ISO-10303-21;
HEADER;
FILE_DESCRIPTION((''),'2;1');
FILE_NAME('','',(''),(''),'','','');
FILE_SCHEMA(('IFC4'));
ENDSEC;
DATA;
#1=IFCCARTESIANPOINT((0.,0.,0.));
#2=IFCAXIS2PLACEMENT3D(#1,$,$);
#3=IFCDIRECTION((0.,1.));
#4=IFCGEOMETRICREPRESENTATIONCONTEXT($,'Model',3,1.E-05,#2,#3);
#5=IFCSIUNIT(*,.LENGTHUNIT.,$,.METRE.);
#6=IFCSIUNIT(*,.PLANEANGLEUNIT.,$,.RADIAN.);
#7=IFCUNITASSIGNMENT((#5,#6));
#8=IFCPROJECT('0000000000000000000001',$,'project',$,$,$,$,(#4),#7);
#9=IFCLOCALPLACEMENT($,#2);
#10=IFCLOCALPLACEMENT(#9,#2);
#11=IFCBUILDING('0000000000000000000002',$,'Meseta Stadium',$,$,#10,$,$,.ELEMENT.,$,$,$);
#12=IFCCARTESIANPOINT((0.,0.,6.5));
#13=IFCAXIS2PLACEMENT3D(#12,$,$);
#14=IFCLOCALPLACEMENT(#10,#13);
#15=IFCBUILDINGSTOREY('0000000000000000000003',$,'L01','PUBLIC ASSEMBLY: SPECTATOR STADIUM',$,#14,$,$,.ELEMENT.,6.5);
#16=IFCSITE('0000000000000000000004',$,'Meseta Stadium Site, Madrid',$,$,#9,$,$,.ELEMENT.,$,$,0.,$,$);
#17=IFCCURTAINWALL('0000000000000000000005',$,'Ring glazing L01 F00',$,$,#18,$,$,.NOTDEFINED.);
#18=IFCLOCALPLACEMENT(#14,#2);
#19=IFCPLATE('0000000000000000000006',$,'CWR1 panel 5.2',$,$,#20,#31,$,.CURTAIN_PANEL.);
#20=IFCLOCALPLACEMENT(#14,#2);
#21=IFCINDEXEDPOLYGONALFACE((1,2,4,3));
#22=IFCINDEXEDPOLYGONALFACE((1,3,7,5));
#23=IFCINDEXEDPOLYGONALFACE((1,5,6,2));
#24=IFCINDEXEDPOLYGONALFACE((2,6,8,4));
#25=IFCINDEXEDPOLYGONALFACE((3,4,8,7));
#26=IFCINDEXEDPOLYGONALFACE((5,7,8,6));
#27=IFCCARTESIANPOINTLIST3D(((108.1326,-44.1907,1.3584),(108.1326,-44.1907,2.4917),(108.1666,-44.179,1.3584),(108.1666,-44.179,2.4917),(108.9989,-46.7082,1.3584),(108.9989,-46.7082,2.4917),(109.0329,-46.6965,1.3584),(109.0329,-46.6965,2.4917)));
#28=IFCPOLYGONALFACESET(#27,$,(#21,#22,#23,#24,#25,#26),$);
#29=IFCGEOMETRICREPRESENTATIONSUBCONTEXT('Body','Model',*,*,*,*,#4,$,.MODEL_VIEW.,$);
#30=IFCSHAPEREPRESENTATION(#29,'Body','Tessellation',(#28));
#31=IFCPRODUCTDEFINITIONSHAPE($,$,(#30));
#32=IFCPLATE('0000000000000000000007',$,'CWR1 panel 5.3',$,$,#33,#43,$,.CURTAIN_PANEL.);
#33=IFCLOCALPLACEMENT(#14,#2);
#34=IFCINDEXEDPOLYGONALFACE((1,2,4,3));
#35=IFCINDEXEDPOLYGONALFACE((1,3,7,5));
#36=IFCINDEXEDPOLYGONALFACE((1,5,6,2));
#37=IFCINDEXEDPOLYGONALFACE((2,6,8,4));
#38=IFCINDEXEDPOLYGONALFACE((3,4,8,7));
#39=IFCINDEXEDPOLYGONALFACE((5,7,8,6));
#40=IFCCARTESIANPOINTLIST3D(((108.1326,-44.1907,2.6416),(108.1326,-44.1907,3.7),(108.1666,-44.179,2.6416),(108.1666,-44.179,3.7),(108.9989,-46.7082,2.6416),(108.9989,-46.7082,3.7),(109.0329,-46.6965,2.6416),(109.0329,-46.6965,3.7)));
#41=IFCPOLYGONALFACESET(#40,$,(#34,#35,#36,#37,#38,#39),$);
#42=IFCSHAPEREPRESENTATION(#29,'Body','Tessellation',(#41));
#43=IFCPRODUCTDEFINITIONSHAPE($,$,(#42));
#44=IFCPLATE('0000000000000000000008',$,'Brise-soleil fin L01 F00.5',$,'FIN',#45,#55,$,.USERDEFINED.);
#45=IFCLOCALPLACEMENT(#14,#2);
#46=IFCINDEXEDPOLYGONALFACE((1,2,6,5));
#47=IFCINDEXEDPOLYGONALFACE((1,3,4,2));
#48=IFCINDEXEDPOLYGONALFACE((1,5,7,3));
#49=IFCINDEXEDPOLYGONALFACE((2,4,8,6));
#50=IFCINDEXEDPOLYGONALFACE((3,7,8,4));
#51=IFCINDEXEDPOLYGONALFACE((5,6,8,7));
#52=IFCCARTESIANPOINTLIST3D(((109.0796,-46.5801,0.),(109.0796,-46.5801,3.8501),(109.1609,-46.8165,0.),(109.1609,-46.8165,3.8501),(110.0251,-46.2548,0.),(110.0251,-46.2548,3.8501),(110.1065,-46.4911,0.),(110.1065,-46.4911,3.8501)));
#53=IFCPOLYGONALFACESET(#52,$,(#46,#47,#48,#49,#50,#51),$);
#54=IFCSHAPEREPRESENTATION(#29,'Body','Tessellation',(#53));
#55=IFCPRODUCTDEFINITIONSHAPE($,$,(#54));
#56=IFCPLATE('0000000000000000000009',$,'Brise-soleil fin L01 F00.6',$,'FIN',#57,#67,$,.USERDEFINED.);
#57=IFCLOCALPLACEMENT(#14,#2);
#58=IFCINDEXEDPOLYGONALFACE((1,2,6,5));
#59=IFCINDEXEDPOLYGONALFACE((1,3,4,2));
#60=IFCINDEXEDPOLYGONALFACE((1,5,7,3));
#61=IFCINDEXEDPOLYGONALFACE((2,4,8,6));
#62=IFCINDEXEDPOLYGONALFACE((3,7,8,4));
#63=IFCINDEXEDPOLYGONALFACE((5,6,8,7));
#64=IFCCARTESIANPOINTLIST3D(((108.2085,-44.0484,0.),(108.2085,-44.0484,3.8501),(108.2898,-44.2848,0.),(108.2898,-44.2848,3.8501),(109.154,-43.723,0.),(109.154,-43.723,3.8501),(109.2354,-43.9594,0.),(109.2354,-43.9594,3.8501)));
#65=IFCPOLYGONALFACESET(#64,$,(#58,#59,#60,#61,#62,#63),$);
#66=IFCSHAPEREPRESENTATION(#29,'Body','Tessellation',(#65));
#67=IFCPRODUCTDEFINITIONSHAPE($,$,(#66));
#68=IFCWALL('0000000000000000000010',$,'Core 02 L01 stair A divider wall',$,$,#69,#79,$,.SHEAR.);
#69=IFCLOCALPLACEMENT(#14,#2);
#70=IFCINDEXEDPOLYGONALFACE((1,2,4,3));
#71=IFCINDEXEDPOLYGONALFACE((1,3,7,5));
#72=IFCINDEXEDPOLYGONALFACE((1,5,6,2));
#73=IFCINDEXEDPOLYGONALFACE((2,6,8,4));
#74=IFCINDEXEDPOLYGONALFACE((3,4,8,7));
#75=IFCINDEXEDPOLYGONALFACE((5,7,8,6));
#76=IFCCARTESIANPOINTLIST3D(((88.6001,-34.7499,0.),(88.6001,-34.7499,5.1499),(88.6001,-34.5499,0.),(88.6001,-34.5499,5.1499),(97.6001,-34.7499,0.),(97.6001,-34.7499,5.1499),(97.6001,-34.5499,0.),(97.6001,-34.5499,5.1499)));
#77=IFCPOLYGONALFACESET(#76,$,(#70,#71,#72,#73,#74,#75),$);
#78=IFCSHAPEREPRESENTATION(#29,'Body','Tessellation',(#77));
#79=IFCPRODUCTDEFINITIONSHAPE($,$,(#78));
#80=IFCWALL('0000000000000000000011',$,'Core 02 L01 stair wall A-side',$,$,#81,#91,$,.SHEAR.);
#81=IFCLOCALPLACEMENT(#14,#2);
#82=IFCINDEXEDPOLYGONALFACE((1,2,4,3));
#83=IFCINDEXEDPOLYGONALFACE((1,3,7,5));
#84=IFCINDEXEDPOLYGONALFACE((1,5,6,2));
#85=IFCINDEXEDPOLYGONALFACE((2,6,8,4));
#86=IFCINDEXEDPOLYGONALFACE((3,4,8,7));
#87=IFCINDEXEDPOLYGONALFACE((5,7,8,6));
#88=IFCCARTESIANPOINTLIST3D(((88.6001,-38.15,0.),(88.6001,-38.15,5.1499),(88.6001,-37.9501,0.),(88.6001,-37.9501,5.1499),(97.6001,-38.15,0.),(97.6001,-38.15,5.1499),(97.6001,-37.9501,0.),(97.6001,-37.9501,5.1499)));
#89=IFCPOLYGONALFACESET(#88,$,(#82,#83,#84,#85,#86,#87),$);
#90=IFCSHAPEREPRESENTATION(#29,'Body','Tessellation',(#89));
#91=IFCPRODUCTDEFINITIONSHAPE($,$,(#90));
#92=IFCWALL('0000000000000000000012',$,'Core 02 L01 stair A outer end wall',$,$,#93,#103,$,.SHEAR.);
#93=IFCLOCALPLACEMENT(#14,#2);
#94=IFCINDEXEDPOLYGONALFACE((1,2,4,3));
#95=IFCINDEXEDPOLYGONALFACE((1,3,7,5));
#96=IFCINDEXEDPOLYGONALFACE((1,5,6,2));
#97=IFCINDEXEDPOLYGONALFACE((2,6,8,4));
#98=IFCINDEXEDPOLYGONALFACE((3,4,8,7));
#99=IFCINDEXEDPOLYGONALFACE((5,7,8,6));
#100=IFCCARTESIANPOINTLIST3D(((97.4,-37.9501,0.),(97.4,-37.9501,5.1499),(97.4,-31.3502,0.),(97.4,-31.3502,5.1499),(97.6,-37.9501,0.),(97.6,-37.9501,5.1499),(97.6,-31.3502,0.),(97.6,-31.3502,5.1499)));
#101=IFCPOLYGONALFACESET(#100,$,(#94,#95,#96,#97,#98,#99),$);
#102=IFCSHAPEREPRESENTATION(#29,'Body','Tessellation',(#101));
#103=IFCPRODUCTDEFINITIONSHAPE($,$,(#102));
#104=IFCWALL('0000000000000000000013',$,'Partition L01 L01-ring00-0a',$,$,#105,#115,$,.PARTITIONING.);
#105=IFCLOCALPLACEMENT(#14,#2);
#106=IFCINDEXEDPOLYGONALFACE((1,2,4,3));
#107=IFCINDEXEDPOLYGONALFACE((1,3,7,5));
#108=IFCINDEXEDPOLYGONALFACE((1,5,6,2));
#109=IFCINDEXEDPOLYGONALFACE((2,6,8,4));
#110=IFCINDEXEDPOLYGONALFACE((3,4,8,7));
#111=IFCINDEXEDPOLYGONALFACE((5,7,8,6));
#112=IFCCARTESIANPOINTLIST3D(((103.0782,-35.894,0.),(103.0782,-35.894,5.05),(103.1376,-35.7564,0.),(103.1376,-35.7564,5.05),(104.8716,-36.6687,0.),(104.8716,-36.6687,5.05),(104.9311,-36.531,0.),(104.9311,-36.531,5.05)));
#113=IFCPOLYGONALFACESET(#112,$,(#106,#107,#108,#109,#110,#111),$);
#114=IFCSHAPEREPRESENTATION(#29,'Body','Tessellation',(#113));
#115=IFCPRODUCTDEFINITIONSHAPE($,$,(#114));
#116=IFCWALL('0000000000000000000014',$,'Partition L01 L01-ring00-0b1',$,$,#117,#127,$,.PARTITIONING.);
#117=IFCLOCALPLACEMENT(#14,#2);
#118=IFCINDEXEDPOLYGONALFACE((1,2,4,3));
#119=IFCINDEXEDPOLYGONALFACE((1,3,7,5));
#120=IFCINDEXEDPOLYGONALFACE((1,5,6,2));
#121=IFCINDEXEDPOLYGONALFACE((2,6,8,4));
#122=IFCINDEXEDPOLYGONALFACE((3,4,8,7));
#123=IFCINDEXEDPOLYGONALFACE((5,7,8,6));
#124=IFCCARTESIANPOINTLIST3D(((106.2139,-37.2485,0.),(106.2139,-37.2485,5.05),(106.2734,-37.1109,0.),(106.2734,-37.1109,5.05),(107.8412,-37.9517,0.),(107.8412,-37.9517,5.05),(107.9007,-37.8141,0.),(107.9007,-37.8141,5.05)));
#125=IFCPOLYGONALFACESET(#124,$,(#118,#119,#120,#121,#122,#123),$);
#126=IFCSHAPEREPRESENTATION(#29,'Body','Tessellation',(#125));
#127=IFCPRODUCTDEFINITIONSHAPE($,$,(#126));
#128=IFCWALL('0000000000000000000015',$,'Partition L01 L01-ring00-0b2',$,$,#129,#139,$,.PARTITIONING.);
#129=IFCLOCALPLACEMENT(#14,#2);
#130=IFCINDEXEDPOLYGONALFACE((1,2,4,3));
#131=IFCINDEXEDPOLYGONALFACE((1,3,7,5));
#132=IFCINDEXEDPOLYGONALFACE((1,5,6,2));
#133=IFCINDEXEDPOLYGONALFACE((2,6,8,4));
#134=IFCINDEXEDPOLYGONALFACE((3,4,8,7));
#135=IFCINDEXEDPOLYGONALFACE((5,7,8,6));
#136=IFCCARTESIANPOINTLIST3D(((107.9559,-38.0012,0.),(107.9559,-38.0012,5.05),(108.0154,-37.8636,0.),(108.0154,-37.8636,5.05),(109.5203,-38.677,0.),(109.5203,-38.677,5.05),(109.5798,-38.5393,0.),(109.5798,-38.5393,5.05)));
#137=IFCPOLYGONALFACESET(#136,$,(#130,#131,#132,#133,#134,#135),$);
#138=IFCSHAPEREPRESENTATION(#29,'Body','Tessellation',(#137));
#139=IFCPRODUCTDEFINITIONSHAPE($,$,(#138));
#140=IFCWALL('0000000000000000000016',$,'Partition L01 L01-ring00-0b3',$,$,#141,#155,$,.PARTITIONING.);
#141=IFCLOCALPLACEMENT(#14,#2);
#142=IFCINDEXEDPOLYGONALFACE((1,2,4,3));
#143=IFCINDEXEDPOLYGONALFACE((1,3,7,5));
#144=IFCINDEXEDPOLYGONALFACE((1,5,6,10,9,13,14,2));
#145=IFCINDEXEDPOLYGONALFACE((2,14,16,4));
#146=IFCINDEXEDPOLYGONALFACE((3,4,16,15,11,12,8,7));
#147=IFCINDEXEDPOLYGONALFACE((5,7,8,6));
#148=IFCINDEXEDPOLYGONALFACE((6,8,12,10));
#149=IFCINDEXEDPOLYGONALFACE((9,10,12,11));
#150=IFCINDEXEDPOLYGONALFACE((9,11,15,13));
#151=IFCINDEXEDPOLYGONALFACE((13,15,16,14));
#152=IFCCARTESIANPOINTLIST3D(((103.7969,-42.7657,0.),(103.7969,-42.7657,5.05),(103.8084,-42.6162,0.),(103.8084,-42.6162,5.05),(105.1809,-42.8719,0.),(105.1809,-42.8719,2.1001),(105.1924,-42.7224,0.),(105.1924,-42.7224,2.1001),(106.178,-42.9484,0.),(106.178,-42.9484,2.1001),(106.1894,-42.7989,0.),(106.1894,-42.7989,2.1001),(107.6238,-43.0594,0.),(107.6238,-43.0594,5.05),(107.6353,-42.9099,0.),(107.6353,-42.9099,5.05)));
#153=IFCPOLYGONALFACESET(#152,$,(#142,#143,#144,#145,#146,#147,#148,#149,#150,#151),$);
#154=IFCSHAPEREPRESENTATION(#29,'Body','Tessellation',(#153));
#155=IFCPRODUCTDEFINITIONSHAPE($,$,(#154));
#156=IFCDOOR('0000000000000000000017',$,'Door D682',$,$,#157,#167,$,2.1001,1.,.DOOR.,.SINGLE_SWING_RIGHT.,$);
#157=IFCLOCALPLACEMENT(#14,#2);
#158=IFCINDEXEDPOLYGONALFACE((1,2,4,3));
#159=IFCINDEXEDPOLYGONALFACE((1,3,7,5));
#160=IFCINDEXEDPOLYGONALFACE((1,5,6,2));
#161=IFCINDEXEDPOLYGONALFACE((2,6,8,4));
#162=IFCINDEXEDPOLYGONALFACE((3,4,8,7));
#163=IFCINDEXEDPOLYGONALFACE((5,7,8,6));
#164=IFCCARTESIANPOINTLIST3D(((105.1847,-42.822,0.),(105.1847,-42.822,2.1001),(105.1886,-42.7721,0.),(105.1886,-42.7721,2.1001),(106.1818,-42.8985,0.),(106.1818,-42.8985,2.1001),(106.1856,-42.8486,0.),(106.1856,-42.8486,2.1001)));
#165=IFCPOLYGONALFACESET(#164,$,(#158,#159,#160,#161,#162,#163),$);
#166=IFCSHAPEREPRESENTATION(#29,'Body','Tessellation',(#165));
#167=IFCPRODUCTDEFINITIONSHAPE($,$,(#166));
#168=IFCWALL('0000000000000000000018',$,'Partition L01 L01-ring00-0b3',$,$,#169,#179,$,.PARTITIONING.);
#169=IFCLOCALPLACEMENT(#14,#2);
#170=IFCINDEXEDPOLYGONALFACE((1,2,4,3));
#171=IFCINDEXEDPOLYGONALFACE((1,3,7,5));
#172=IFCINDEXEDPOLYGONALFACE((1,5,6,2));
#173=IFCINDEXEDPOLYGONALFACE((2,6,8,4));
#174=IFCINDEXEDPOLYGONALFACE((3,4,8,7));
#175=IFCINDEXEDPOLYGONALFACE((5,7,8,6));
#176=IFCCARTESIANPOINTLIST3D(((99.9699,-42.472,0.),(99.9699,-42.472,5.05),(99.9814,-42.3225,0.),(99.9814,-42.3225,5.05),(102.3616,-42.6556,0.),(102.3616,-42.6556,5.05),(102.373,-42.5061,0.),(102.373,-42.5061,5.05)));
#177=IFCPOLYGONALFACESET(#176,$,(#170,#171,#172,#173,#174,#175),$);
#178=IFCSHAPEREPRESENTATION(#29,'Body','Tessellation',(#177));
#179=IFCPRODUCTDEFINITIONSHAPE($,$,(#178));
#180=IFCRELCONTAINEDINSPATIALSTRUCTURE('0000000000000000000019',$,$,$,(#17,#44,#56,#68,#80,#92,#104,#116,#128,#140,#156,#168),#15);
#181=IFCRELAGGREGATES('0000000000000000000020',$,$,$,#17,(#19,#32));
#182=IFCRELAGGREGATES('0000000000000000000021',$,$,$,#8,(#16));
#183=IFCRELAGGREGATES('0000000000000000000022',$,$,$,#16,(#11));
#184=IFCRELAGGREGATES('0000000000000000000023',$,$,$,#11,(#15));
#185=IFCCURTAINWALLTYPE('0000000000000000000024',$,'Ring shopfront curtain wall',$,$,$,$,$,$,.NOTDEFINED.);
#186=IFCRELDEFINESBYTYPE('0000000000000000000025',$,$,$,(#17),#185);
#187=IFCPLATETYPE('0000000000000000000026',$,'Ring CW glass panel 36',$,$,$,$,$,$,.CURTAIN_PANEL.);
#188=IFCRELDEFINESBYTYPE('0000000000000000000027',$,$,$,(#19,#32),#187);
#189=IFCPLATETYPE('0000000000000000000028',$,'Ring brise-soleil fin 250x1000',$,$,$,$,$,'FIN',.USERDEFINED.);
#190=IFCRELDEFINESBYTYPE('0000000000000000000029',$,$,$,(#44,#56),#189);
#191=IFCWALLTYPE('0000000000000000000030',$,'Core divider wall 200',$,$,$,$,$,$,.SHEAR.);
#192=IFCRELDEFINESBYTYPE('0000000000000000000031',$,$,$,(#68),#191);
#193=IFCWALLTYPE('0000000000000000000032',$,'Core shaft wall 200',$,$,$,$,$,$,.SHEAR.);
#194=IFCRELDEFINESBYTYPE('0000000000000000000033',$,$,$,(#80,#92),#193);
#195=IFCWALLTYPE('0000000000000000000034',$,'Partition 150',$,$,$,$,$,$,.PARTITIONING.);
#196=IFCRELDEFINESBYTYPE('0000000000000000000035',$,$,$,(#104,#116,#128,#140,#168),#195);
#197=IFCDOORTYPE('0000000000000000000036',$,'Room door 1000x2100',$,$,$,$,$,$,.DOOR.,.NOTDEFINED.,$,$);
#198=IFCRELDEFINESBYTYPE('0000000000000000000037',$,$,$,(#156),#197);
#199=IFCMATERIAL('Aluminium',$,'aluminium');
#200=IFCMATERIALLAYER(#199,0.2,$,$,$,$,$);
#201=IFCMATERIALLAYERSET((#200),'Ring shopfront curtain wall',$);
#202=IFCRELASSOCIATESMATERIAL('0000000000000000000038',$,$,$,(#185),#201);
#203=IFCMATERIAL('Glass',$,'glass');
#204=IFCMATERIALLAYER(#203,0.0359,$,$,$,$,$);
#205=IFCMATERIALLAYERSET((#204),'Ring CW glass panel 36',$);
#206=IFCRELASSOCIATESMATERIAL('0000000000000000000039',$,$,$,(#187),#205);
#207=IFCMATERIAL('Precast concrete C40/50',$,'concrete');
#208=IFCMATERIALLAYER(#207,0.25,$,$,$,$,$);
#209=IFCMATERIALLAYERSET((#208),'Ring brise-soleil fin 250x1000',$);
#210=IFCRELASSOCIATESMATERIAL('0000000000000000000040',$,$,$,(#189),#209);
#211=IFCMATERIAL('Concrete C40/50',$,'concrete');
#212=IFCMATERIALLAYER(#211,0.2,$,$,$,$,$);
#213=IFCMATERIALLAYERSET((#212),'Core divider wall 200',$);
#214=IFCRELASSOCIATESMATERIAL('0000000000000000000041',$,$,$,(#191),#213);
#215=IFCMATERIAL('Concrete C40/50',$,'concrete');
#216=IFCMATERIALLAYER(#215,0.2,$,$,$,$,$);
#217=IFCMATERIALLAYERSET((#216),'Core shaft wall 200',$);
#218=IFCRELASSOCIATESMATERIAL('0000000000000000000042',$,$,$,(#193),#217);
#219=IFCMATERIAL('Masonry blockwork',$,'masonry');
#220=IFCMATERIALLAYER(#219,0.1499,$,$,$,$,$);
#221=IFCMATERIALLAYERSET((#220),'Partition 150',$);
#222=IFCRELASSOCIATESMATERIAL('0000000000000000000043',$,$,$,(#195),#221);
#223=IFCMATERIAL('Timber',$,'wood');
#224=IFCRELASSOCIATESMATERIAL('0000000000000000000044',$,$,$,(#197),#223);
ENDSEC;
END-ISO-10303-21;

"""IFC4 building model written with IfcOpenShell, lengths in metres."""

from ifc_helpers import new_model, si_unit, direction, frame, frame_2d, origin, origin_2d, place, context, subcontext, project, spatial, rectangle, extrude, material, layer, layer_set, type_object, element, fill, aggregate, save


model = new_model("IFC4")

# Units and contexts
model_context = context("Model", 3, precision=1e-05, world=origin(), true_north=direction((0.0, 1.0)))
body_context = subcontext(model_context, "Body", "Model", "MODEL_VIEW")
ifc_project = project(units=[si_unit("LENGTHUNIT", "METRE"), si_unit("PLANEANGLEUNIT", "RADIAN")], contexts=[model_context])

# Site, building, storey
site_placement = place(None, origin())
site = spatial("IfcSite", under=ifc_project, at=site_placement, Name="Meseta Stadium Site, Madrid", CompositionType="ELEMENT", RefElevation=0.0)
building_placement = place(site_placement, origin())
building = spatial("IfcBuilding", under=site, at=building_placement, Name="Meseta Stadium", CompositionType="ELEMENT")
storey_placement = place(building_placement, frame((0.0, 0.0, 6.5)))
storey = spatial("IfcBuildingStorey", under=building, at=storey_placement, Name="L01", Description="PUBLIC ASSEMBLY: SPECTATOR STADIUM", CompositionType="ELEMENT", Elevation=6.5)

# Curtain wall, plates
ifc_material_1 = material(Name="Aluminium", Category="aluminium")
ifc_layer_1 = layer(ifc_material_1, 0.2)
ifc_layer_set_1 = layer_set([ifc_layer_1], Name="Ring shopfront curtain wall")
curtain_wall_type = type_object("IfcCurtainWallType", Name="Ring shopfront curtain wall", PredefinedType="NOTDEFINED", material=ifc_layer_set_1)
curtain_wall_placement = place(storey_placement, origin())
curtain_wall = element("IfcCurtainWall", 1, at=curtain_wall_placement, inside=storey, type_object=curtain_wall_type, Name="Ring glazing L01 F00", PredefinedType="NOTDEFINED")
ifc_material_2 = material(Name="Glass", Category="glass")
ifc_layer_2 = layer(ifc_material_2, 0.0359)
ifc_layer_set_2 = layer_set([ifc_layer_2], Name="Ring CW glass panel 36")
plate_type_1 = type_object("IfcPlateType", Name="Ring CW glass panel 36", PredefinedType="CURTAIN_PANEL", material=ifc_layer_set_2)
plate_1_placement = place(storey_placement, frame((108.5828, -45.4436, 1.3584), z_axis=(0.0, 0.0, 1.0), x_axis=(-0.325386, 0.945581, 0.0)))
plate_1 = element("IfcPlate", 2, at=plate_1_placement, type_object=plate_type_1, Name="CWR1 panel 5.2", PredefinedType="CURTAIN_PANEL", context=body_context, shape_type="SweptSolid", body=[
    extrude(rectangle(XDim=2.6624, YDim=0.0359, at=origin_2d()), origin(), (0.0, 0.0, 1.0), 1.1333),
])
plate_2_placement = place(storey_placement, frame((108.5828, -45.4436, 2.6416), z_axis=(0.0, 0.0, 1.0), x_axis=(-0.325386, 0.945581, 0.0)))
plate_2 = element("IfcPlate", 3, at=plate_2_placement, type_object=plate_type_1, Name="CWR1 panel 5.3", PredefinedType="CURTAIN_PANEL", context=body_context, shape_type="SweptSolid", body=[
    extrude(rectangle(XDim=2.6624, YDim=0.0359, at=origin_2d()), origin(), (0.0, 0.0, 1.0), 1.0583),
])
aggregate(curtain_wall, [plate_1, plate_2])

# Plates
ifc_material_3 = material(Name="Precast concrete C40/50", Category="concrete")
ifc_layer_3 = layer(ifc_material_3, 0.25)
ifc_layer_set_3 = layer_set([ifc_layer_3], Name="Ring brise-soleil fin 250x1000")
plate_type_2 = type_object("IfcPlateType", Name="Ring brise-soleil fin 250x1000", ElementType="FIN", PredefinedType="USERDEFINED", material=ifc_layer_set_3)
for number, where, z_axis, x_axis, name in (
    (4, (109.593, -46.5356, 0.0), (0.0, 0.0, 1.0), (-0.325393, 0.945579, 0.0), "Brise-soleil fin L01 F00.5"),
    (5, (108.7219, -44.0039, 0.0), (0.0, 0.0, 1.0), (-0.325393, 0.945579, 0.0), "Brise-soleil fin L01 F00.6"),
):
    element("IfcPlate", number, at=place(storey_placement, frame(where, z_axis=z_axis, x_axis=x_axis)), inside=storey, type_object=plate_type_2, Name=name, ObjectType="FIN", PredefinedType="USERDEFINED", context=body_context, shape_type="SweptSolid", body=[
        extrude(rectangle(XDim=0.25, YDim=1.0, at=origin_2d()), origin(), (0.0, 0.0, 1.0), 3.8501),
    ])

# Walls
ifc_material_4 = material(Name="Concrete C40/50", Category="concrete")
ifc_layer_4 = layer(ifc_material_4, 0.2)
ifc_layer_set_4 = layer_set([ifc_layer_4], Name="Core divider wall 200")
wall_type_1 = type_object("IfcWallType", Name="Core divider wall 200", PredefinedType="SHEAR", material=ifc_layer_set_4)
wall_1_placement = place(storey_placement, frame((97.6001, -34.6499, 0.0), z_axis=(0.0, 0.0, 1.0), x_axis=(-1.0, 0.0, 0.0)))
element("IfcWall", 6, at=wall_1_placement, inside=storey, type_object=wall_type_1, Name="Core 02 L01 stair A divider wall", PredefinedType="SHEAR", context=body_context, shape_type="SweptSolid", body=[
    extrude(rectangle(XDim=9.0, YDim=0.2, at=frame_2d((4.5, 0.0))), origin(), (0.0, 0.0, 1.0), 5.1499),
])
ifc_material_5 = material(Name="Concrete C40/50", Category="concrete")
ifc_layer_5 = layer(ifc_material_5, 0.2)
ifc_layer_set_5 = layer_set([ifc_layer_5], Name="Core shaft wall 200")
wall_type_2 = type_object("IfcWallType", Name="Core shaft wall 200", PredefinedType="SHEAR", material=ifc_layer_set_5)
wall_2_placement = place(storey_placement, frame((97.6001, -38.05, 0.0), z_axis=(0.0, 0.0, 1.0), x_axis=(-1.0, 0.0, 0.0)))
element("IfcWall", 7, at=wall_2_placement, inside=storey, type_object=wall_type_2, Name="Core 02 L01 stair wall A-side", PredefinedType="SHEAR", context=body_context, shape_type="SweptSolid", body=[
    extrude(rectangle(XDim=9.0, YDim=0.2, at=frame_2d((4.5, 0.0))), origin(), (0.0, 0.0, 1.0), 5.1499),
])
wall_3_placement = place(storey_placement, frame((97.5, -37.95, 0.0), z_axis=(0.0, 0.0, 1.0), x_axis=(0.0, 1.0, 0.0)))
element("IfcWall", 8, at=wall_3_placement, inside=storey, type_object=wall_type_2, Name="Core 02 L01 stair A outer end wall", PredefinedType="SHEAR", context=body_context, shape_type="SweptSolid", body=[
    extrude(rectangle(XDim=6.5999, YDim=0.2, at=frame_2d((3.2998, 0.0))), origin(), (0.0, 0.0, 1.0), 5.1499),
])
ifc_material_6 = material(Name="Masonry blockwork", Category="masonry")
ifc_layer_6 = layer(ifc_material_6, 0.1499)
ifc_layer_set_6 = layer_set([ifc_layer_6], Name="Partition 150")
wall_type_3 = type_object("IfcWallType", Name="Partition 150", PredefinedType="PARTITIONING", material=ifc_layer_set_6)
wall_4_placement = place(storey_placement, frame((104.9014, -36.5999, 0.0), z_axis=(0.0, 0.0, 1.0), x_axis=(-0.918023, 0.396527, 0.0)))
element("IfcWall", 9, at=wall_4_placement, inside=storey, type_object=wall_type_3, Name="Partition L01 L01-ring00-0a", PredefinedType="PARTITIONING", context=body_context, shape_type="SweptSolid", body=[
    extrude(rectangle(XDim=1.9536, YDim=0.1499, at=frame_2d((0.9768, 0.0))), origin(), (0.0, 0.0, 1.0), 5.05),
])
wall_5_placement = place(storey_placement, frame((107.8708, -37.8828, 0.0), z_axis=(0.0, 0.0, 1.0), x_axis=(-0.917965, 0.39666, 0.0)))
element("IfcWall", 10, at=wall_5_placement, inside=storey, type_object=wall_type_3, Name="Partition L01 L01-ring00-0b1", PredefinedType="PARTITIONING", context=body_context, shape_type="SweptSolid", body=[
    extrude(rectangle(XDim=1.7727, YDim=0.1499, at=frame_2d((0.8862, 0.0))), origin(), (0.0, 0.0, 1.0), 5.05),
])
wall_6_placement = place(storey_placement, frame((109.55, -38.6082, 0.0), z_axis=(0.0, 0.0, 1.0), x_axis=(-0.918015, 0.396546, 0.0)))
element("IfcWall", 11, at=wall_6_placement, inside=storey, type_object=wall_type_3, Name="Partition L01 L01-ring00-0b2", PredefinedType="PARTITIONING", context=body_context, shape_type="SweptSolid", body=[
    extrude(rectangle(XDim=1.7041, YDim=0.1499, at=frame_2d((0.8521, 0.0))), origin(), (0.0, 0.0, 1.0), 5.05),
])

# Wall, opening, door
wall_7_placement = place(storey_placement, frame((107.6294, -42.9846, 0.0), z_axis=(0.0, 0.0, 1.0), x_axis=(-0.997068, 0.076521, 0.0)))
wall_7 = element("IfcWall", 12, at=wall_7_placement, inside=storey, type_object=wall_type_3, Name="Partition L01 L01-ring00-0b3", PredefinedType="PARTITIONING", context=body_context, shape_type="SweptSolid", body=[
    extrude(rectangle(XDim=3.8381, YDim=0.1499, at=frame_2d((1.9189, 0.0))), origin(), (0.0, 0.0, 1.0), 5.05),
])
opening_placement = place(wall_7_placement, frame((1.45, 0.0, 0.0)))
opening = element("IfcOpeningElement", 13, at=opening_placement, cuts=wall_7, PredefinedType="OPENING", context=body_context, shape_type="SweptSolid", body=[
    extrude(rectangle(XDim=1.0, YDim=2.1001, at=frame_2d((0.5, 1.05))), frame((0.0, 0.085, 0.0), z_axis=(0.0, -1.0, 0.0), x_axis=(1.0, 0.0, 0.0)), (0.0, 0.0, 1.0), 0.1699),
])
ifc_material_7 = material(Name="Timber", Category="wood")
door_type = type_object("IfcDoorType", Name="Room door 1000x2100", OperationType="NOTDEFINED", PredefinedType="DOOR", material=ifc_material_7)
door_placement = place(opening_placement, origin())
door = element("IfcDoor", 14, at=door_placement, inside=storey, type_object=door_type, Name="Door D682", OperationType="SINGLE_SWING_RIGHT", OverallHeight=2.1001, OverallWidth=1.0, PredefinedType="DOOR", context=body_context, shape_type="SweptSolid", body=[
    extrude(rectangle(XDim=1.0, YDim=2.1001, at=frame_2d((0.5, 1.05))), frame((0.0, 0.0249, 0.0), z_axis=(0.0, -1.0, 0.0), x_axis=(1.0, 0.0, 0.0)), (0.0, 0.0, 1.0), 0.05),
])
fill(opening, door)

# Wall
wall_8_placement = place(storey_placement, frame((102.3672, -42.5808, 0.0), z_axis=(0.0, 0.0, 1.0), x_axis=(-0.997066, 0.076541, 0.0)))
element("IfcWall", 15, at=wall_8_placement, inside=storey, type_object=wall_type_3, Name="Partition L01 L01-ring00-0b3", PredefinedType="PARTITIONING", context=body_context, shape_type="SweptSolid", body=[
    extrude(rectangle(XDim=2.3987, YDim=0.1499, at=frame_2d((1.1992, 0.0))), origin(), (0.0, 0.0, 1.0), 5.05),
])

save(model, "model.ifc")
